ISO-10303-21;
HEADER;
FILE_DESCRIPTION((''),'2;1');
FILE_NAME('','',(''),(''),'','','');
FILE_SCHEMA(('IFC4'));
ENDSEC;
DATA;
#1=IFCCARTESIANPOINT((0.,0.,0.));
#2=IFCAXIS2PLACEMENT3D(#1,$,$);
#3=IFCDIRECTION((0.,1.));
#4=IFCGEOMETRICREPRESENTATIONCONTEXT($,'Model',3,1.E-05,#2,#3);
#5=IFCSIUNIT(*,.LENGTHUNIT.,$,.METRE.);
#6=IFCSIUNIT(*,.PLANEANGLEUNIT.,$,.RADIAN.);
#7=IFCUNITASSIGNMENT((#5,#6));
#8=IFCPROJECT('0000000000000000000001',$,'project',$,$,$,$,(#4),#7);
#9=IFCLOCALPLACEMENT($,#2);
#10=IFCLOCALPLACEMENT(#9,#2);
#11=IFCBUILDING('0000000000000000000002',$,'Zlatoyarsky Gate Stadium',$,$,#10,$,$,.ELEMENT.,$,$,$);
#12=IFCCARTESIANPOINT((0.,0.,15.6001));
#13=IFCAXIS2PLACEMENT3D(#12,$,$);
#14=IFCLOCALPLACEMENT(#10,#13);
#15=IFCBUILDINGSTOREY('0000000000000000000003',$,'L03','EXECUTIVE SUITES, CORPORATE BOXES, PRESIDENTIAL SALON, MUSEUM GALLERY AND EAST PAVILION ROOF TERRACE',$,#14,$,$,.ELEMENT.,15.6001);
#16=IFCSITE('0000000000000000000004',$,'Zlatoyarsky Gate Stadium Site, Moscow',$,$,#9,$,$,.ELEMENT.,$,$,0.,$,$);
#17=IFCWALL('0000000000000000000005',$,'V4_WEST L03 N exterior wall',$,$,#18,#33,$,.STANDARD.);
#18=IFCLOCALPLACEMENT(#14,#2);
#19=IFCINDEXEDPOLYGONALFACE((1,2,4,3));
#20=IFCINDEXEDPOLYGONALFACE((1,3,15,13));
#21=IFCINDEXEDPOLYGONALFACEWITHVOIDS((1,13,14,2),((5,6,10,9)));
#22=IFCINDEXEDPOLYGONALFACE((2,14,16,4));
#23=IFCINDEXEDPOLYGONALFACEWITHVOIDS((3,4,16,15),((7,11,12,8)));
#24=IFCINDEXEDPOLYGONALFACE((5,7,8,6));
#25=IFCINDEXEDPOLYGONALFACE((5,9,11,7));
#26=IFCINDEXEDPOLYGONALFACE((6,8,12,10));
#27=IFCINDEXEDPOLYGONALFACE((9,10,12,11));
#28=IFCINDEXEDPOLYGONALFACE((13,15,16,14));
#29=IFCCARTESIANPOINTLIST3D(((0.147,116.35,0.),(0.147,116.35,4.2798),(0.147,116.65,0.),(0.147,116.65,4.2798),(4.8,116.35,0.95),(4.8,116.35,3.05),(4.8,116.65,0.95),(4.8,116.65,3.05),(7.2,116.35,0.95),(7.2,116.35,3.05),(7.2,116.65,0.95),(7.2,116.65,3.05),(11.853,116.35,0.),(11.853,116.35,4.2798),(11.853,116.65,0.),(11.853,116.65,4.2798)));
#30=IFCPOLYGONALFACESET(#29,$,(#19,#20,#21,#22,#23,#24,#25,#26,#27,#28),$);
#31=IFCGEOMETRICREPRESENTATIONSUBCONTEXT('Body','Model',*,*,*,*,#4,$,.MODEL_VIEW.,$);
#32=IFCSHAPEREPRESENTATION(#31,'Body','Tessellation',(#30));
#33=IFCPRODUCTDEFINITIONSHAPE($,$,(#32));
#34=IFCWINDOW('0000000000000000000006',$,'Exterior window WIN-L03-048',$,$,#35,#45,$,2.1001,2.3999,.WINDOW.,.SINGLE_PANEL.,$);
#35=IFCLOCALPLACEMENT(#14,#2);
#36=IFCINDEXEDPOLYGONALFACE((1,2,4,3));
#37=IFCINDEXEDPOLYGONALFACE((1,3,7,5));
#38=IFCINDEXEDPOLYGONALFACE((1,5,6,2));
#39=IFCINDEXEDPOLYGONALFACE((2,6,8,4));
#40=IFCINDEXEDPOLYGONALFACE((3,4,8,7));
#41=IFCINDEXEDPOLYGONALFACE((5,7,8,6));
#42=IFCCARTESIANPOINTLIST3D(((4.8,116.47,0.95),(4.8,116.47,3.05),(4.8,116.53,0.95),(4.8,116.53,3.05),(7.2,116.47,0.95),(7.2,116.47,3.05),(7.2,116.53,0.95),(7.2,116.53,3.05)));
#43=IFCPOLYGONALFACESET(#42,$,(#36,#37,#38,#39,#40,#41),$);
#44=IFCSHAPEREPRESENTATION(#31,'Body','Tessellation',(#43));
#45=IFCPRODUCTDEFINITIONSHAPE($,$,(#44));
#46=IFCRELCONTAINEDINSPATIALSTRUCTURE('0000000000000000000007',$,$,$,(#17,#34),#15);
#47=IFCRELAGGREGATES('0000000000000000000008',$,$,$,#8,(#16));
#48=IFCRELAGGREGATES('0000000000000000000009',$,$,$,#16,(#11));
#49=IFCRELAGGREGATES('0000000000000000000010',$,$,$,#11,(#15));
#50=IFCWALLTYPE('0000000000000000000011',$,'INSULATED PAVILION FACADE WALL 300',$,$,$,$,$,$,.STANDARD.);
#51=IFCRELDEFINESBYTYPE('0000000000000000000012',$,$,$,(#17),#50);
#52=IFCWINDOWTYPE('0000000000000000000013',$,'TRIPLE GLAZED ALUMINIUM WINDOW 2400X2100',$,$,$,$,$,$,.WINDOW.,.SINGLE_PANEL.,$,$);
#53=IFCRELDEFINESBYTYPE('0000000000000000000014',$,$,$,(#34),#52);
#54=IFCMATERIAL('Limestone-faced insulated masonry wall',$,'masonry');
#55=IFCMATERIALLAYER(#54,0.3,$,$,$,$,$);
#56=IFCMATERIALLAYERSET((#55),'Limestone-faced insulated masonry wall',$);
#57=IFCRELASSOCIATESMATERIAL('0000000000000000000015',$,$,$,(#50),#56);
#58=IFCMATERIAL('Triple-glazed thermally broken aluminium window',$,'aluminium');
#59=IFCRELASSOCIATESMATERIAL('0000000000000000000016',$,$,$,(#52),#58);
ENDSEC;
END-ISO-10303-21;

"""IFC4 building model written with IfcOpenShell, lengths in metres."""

from ifc_helpers import new_model, si_unit, direction, frame, frame_2d, origin, place, context, subcontext, project, spatial, rectangle, extrude, material, layer, layer_set, type_object, element, fill, save


model = new_model("IFC4")

# Units and contexts
model_context = context("Model", 3, precision=1e-05, world=origin(), true_north=direction((0.0, 1.0)))
body_context = subcontext(model_context, "Body", "Model", "MODEL_VIEW")
ifc_project = project(units=[si_unit("LENGTHUNIT", "METRE"), si_unit("PLANEANGLEUNIT", "RADIAN")], contexts=[model_context])

# Site, building, storey
site_placement = place(None, origin())
site = spatial("IfcSite", under=ifc_project, at=site_placement, Name="Zlatoyarsky Gate Stadium Site, Moscow", CompositionType="ELEMENT", RefElevation=0.0)
building_placement = place(site_placement, origin())
building = spatial("IfcBuilding", under=site, at=building_placement, Name="Zlatoyarsky Gate Stadium", CompositionType="ELEMENT")
storey_placement = place(building_placement, frame((0.0, 0.0, 15.6001)))
storey = spatial("IfcBuildingStorey", under=building, at=storey_placement, Name="L03", Description="EXECUTIVE SUITES, CORPORATE BOXES, PRESIDENTIAL SALON, MUSEUM GALLERY AND EAST PAVILION ROOF TERRACE", CompositionType="ELEMENT", Elevation=15.6001)

# Wall, opening, window
ifc_material_1 = material(Name="Limestone-faced insulated masonry wall", Category="masonry")
ifc_layer_1 = layer(ifc_material_1, 0.3)
ifc_layer_set_1 = layer_set([ifc_layer_1], Name="Limestone-faced insulated masonry wall")
wall_type = type_object("IfcWallType", Name="INSULATED PAVILION FACADE WALL 300", PredefinedType="STANDARD", material=ifc_layer_set_1)
wall_placement = place(storey_placement, frame((0.147, 116.5, 0.0), z_axis=(0.0, 0.0, 1.0), x_axis=(1.0, 0.0, 0.0)))
wall = element("IfcWall", 1, at=wall_placement, inside=storey, type_object=wall_type, Name="V4_WEST L03 N exterior wall", PredefinedType="STANDARD", context=body_context, shape_type="SweptSolid", body=[
    extrude(rectangle(XDim=11.7061, YDim=0.3, at=frame_2d((5.853, 0.0))), origin(), (0.0, 0.0, 1.0), 4.2798),
])
opening_placement = place(wall_placement, frame((4.6531, 0.0, 0.95)))
opening = element("IfcOpeningElement", 2, at=opening_placement, cuts=wall, PredefinedType="OPENING", context=body_context, shape_type="SweptSolid", body=[
    extrude(rectangle(XDim=2.3999, YDim=2.1001, at=frame_2d((1.2, 1.05))), frame((0.0, 0.1599, 0.0), z_axis=(0.0, -1.0, 0.0), x_axis=(1.0, 0.0, 0.0)), (0.0, 0.0, 1.0), 0.3201),
])
ifc_material_2 = material(Name="Triple-glazed thermally broken aluminium window", Category="aluminium")
window_type = type_object("IfcWindowType", Name="TRIPLE GLAZED ALUMINIUM WINDOW 2400X2100", PartitioningType="SINGLE_PANEL", PredefinedType="WINDOW", material=ifc_material_2)
window_placement = place(opening_placement, origin())
window = element("IfcWindow", 3, at=window_placement, inside=storey, type_object=window_type, Name="Exterior window WIN-L03-048", OverallHeight=2.1001, OverallWidth=2.3999, PartitioningType="SINGLE_PANEL", PredefinedType="WINDOW", context=body_context, shape_type="SweptSolid", body=[
    extrude(rectangle(XDim=2.3999, YDim=2.1001, at=frame_2d((1.2, 1.05))), frame((0.0, 0.03, 0.0), z_axis=(0.0, -1.0, 0.0), x_axis=(1.0, 0.0, 0.0)), (0.0, 0.0, 1.0), 0.0601),
])
fill(opening, window)

save(model, "model.ifc")
